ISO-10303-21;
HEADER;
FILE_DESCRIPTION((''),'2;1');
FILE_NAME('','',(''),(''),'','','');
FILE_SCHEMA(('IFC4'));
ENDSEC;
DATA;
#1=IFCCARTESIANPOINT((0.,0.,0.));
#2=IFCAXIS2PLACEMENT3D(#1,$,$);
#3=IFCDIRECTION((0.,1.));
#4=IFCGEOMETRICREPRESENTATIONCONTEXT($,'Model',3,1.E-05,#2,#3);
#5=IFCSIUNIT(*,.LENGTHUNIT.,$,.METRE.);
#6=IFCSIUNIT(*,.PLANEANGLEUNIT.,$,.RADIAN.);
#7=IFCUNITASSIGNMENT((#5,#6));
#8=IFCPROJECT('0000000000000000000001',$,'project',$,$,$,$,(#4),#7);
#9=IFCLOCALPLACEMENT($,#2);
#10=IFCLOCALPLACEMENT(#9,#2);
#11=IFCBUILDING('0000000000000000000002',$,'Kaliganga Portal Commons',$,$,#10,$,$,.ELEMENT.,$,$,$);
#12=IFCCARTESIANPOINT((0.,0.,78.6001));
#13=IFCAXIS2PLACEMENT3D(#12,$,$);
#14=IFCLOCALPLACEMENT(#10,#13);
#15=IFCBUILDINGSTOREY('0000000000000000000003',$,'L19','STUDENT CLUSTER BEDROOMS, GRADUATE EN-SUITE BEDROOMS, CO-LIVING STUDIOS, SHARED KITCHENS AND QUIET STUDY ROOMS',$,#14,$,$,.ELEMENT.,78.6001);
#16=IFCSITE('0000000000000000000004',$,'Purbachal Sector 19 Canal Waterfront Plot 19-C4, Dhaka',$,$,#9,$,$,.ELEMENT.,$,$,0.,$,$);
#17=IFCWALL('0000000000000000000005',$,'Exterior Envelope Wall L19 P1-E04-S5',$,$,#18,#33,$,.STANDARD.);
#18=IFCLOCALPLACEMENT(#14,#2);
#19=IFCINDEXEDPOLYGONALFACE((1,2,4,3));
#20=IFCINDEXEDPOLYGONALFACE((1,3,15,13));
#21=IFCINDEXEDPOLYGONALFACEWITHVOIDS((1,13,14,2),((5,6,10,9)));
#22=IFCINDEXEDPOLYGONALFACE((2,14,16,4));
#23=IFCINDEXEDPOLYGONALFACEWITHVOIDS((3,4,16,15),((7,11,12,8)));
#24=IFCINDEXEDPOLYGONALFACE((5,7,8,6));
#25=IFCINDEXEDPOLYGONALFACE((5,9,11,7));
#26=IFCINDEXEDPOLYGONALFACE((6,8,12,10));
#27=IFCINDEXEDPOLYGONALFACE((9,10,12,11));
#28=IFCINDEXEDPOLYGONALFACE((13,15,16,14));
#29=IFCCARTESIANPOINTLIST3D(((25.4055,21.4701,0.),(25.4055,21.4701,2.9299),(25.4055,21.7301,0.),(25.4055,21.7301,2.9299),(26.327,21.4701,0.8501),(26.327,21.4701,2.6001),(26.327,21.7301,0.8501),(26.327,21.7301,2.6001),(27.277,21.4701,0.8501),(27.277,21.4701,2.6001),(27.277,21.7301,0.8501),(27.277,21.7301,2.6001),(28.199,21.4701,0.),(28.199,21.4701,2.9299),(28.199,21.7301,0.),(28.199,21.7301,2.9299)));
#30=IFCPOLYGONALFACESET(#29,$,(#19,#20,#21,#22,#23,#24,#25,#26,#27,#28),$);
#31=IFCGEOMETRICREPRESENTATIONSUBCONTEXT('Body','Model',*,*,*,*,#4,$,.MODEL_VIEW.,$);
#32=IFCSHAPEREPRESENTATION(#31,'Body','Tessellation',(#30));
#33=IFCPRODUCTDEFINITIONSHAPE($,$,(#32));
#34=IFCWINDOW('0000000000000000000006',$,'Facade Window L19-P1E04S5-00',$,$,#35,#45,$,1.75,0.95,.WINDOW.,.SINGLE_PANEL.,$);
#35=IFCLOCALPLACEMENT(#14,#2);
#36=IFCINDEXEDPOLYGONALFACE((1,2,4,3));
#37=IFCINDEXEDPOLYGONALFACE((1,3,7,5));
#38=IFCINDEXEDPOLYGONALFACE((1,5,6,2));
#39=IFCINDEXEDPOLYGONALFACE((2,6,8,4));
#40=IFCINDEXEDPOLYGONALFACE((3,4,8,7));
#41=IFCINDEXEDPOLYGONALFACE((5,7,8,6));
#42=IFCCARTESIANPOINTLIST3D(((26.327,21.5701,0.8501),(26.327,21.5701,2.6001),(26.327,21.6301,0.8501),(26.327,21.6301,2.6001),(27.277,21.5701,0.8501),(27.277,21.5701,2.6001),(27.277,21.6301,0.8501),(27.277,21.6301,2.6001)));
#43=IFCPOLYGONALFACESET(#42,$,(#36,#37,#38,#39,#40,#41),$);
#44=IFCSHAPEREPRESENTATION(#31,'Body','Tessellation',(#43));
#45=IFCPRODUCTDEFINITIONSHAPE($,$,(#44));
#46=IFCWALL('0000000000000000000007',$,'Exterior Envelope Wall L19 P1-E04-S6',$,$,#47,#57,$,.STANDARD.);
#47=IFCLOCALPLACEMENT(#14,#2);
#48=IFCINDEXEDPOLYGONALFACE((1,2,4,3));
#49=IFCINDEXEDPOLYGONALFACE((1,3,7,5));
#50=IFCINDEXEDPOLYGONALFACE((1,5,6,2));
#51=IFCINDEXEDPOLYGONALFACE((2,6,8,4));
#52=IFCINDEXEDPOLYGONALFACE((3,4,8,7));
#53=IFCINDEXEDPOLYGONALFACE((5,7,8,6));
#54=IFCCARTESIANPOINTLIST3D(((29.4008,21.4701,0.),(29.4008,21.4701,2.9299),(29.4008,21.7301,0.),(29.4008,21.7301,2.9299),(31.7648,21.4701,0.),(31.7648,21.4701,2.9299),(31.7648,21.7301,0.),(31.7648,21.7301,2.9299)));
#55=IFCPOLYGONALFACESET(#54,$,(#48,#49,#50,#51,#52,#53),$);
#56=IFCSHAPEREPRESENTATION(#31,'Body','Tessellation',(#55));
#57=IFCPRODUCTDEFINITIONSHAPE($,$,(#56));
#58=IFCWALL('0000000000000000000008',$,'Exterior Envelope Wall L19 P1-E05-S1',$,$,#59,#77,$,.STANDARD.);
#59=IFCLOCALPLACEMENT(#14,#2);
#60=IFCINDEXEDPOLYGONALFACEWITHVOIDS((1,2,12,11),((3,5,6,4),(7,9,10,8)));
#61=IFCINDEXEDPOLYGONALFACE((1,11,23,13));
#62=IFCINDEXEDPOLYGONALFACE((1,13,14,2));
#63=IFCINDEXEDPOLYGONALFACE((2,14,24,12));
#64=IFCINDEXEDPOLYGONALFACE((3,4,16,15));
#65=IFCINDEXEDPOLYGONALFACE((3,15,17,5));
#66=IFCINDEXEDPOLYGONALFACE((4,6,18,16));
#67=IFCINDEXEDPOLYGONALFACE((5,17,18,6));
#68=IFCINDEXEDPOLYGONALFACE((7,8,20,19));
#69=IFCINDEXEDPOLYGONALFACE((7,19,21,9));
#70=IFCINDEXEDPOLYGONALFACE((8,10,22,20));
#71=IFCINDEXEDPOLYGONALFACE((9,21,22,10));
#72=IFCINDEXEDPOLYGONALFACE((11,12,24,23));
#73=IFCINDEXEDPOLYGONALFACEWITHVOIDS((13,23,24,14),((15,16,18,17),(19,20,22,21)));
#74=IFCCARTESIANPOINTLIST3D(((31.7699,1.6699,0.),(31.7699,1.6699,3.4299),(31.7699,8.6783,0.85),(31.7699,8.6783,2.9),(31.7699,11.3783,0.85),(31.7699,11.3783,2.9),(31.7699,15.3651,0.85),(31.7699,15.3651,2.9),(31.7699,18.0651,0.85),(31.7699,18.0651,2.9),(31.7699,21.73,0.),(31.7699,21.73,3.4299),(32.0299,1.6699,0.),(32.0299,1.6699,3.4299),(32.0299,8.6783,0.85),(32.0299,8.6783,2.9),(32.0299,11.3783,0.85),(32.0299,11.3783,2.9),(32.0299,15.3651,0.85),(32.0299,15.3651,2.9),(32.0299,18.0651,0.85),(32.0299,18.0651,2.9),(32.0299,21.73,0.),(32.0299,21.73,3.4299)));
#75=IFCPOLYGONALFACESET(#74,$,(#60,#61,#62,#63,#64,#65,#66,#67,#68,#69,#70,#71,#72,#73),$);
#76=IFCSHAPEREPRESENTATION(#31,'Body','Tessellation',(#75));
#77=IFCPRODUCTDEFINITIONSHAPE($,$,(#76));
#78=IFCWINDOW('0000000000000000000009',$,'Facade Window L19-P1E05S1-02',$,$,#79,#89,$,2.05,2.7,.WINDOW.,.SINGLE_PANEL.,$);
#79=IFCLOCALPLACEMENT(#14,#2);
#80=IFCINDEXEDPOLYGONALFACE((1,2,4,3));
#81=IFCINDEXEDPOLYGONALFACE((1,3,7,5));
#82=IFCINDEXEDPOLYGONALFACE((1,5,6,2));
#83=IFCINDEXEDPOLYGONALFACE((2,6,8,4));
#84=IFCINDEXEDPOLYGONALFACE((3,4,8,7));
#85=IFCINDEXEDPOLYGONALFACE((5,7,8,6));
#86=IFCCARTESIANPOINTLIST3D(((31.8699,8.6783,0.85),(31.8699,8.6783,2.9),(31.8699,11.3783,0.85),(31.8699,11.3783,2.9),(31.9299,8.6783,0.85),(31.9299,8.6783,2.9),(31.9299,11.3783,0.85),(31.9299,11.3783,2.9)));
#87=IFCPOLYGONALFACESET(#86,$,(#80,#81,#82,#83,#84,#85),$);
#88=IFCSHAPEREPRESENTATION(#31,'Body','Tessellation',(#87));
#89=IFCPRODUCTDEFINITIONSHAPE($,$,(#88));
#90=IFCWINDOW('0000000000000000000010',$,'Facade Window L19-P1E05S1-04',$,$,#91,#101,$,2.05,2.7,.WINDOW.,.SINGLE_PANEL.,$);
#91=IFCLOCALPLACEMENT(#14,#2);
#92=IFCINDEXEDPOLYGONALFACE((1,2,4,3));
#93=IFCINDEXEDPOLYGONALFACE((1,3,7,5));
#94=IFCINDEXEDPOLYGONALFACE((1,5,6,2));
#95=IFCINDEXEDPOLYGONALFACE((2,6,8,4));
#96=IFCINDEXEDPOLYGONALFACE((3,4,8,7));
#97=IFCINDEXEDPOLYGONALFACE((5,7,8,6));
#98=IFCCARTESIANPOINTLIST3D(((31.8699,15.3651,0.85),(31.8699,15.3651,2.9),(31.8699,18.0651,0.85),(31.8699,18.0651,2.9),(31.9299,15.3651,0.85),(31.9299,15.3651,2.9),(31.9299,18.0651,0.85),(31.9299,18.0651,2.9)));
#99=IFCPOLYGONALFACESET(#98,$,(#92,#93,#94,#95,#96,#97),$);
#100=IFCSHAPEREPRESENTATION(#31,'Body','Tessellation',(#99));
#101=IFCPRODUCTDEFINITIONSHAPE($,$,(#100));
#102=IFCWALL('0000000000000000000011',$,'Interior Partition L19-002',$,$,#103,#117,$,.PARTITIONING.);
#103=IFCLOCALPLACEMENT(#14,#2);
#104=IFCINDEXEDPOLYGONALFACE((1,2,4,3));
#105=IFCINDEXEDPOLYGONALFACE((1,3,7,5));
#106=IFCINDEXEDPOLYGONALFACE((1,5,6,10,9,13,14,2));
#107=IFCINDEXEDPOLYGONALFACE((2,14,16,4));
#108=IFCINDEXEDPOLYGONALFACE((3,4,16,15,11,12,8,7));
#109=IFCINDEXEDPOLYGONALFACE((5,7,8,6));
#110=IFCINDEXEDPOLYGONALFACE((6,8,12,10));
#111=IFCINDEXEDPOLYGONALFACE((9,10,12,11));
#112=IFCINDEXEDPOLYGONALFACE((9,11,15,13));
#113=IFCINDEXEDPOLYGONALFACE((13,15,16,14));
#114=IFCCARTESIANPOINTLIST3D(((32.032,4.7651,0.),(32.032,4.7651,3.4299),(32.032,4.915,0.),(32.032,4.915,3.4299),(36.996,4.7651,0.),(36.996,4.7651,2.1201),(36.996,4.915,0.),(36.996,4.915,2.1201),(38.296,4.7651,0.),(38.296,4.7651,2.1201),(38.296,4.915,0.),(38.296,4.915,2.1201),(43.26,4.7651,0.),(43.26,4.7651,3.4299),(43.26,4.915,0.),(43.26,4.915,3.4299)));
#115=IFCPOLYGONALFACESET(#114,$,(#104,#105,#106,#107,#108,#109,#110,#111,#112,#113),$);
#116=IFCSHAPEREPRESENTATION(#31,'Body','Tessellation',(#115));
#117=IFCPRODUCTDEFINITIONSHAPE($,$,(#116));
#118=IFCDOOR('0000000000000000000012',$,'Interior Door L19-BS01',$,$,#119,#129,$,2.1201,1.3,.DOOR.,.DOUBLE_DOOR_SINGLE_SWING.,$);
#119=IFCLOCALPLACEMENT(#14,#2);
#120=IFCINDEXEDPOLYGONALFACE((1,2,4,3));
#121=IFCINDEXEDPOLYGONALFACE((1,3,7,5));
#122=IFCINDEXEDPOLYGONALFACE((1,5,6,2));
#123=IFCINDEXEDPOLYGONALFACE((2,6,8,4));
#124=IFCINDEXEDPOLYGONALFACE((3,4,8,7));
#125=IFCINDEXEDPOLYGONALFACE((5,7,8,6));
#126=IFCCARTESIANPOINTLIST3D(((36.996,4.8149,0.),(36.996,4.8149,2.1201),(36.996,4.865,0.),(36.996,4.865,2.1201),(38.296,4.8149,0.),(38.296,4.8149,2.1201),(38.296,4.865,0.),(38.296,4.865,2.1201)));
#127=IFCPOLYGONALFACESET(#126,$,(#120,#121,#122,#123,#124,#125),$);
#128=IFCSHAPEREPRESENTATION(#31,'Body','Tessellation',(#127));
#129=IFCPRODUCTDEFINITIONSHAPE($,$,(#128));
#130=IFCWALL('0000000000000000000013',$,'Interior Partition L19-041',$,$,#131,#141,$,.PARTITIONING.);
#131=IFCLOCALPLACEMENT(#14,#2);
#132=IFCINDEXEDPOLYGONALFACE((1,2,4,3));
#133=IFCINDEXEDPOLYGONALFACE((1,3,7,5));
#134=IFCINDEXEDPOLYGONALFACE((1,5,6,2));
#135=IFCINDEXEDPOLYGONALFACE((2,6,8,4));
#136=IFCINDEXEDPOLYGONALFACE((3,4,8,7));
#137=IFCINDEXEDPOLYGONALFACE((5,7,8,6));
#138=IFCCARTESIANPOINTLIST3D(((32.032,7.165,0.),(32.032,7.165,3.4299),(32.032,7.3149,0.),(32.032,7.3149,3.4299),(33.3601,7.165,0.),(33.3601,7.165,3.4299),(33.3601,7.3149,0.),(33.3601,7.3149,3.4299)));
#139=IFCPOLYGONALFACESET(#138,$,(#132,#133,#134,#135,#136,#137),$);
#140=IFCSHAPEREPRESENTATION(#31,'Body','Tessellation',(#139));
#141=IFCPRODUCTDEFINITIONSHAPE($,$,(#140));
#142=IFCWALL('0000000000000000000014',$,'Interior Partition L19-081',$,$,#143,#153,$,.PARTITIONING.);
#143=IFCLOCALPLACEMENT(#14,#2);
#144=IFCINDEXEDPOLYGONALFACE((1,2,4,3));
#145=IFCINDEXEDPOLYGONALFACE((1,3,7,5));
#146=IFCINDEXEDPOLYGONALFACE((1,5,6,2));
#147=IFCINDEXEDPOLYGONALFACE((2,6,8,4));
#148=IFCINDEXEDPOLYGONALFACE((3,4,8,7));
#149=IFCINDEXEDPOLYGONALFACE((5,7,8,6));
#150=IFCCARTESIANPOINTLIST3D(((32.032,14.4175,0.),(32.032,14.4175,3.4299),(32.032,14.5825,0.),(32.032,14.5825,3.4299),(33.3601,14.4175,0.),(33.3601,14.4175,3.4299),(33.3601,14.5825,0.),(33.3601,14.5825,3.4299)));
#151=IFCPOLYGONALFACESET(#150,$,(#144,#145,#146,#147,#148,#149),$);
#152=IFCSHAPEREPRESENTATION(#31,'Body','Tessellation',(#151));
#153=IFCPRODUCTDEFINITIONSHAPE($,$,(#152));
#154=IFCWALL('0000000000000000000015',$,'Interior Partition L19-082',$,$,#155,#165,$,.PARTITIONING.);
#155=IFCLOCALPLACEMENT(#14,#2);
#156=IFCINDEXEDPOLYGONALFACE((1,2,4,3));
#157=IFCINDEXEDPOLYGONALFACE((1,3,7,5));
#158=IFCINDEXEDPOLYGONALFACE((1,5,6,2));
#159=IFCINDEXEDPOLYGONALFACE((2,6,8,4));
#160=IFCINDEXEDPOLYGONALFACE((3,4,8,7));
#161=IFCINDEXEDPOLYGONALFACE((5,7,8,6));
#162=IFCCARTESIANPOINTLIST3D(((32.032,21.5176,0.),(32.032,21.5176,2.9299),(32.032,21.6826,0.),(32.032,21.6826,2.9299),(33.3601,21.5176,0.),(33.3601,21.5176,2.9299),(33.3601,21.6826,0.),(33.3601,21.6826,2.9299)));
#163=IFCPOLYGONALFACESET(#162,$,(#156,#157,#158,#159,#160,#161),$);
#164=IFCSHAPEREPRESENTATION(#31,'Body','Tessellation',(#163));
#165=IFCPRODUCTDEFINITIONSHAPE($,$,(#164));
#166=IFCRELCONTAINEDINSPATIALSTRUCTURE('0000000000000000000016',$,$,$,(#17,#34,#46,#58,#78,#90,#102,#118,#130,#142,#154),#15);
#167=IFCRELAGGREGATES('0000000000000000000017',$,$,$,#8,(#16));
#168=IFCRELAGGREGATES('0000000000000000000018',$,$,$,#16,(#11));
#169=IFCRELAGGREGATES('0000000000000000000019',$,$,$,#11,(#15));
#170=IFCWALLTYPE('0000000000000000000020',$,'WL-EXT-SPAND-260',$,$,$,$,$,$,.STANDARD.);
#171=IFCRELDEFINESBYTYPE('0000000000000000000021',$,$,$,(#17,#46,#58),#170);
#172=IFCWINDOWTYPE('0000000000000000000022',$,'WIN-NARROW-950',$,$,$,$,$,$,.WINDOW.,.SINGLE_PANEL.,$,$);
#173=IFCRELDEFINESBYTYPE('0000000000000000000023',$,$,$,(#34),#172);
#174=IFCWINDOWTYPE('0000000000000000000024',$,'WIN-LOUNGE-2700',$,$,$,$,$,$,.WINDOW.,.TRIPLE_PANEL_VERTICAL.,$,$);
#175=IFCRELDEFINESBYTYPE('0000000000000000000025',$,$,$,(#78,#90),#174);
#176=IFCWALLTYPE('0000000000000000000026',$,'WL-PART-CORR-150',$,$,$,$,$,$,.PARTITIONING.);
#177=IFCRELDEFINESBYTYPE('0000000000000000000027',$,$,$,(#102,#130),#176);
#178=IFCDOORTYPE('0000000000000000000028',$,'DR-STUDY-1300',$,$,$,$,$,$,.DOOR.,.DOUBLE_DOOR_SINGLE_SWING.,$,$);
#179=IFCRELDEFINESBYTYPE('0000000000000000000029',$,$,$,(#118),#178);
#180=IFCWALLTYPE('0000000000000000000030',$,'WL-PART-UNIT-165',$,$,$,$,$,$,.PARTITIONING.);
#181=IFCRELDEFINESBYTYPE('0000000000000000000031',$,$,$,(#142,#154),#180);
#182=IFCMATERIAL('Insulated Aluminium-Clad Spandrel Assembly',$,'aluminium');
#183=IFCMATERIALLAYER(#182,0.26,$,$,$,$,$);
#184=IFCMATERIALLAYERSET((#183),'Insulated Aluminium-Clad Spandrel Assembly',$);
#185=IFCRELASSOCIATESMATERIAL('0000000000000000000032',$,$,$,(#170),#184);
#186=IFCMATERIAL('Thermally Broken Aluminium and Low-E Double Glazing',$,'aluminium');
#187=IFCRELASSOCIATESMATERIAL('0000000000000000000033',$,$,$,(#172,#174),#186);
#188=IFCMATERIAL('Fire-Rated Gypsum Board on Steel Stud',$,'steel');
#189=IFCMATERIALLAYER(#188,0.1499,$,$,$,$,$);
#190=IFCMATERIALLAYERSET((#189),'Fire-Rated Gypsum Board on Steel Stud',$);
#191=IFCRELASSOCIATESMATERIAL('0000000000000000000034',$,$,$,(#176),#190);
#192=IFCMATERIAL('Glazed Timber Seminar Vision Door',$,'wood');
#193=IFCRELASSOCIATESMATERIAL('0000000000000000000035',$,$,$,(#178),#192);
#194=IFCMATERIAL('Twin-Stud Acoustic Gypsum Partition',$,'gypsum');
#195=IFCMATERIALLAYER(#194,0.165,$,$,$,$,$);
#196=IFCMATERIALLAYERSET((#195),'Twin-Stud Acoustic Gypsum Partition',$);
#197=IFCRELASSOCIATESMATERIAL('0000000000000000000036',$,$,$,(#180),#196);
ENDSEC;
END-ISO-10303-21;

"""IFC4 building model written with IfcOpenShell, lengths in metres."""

from ifc_helpers import new_model, si_unit, direction, frame, frame_2d, origin, place, context, subcontext, project, spatial, rectangle, extrude, material, layer, layer_set, type_object, element, fill, save


model = new_model("IFC4")

# Units and contexts
model_context = context("Model", 3, precision=1e-05, world=origin(), true_north=direction((0.0, 1.0)))
body_context = subcontext(model_context, "Body", "Model", "MODEL_VIEW")
ifc_project = project(units=[si_unit("LENGTHUNIT", "METRE"), si_unit("PLANEANGLEUNIT", "RADIAN")], contexts=[model_context])

# Site, building, storey
site_placement = place(None, origin())
site = spatial("IfcSite", under=ifc_project, at=site_placement, Name="Purbachal Sector 19 Canal Waterfront Plot 19-C4, Dhaka", CompositionType="ELEMENT", RefElevation=0.0)
building_placement = place(site_placement, origin())
building = spatial("IfcBuilding", under=site, at=building_placement, Name="Kaliganga Portal Commons", CompositionType="ELEMENT")
storey_placement = place(building_placement, frame((0.0, 0.0, 78.6001)))
storey = spatial("IfcBuildingStorey", under=building, at=storey_placement, Name="L19", Description="STUDENT CLUSTER BEDROOMS, GRADUATE EN-SUITE BEDROOMS, CO-LIVING STUDIOS, SHARED KITCHENS AND QUIET STUDY ROOMS", CompositionType="ELEMENT", Elevation=78.6001)

# Wall, opening, window
ifc_material_1 = material(Name="Insulated Aluminium-Clad Spandrel Assembly", Category="aluminium")
ifc_layer_1 = layer(ifc_material_1, 0.26)
ifc_layer_set_1 = layer_set([ifc_layer_1], Name="Insulated Aluminium-Clad Spandrel Assembly")
wall_type_1 = type_object("IfcWallType", Name="WL-EXT-SPAND-260", PredefinedType="STANDARD", material=ifc_layer_set_1)
ifc_material_2 = material(Name="Thermally Broken Aluminium and Low-E Double Glazing", Category="aluminium")
window_type_1 = type_object("IfcWindowType", Name="WIN-NARROW-950", PartitioningType="SINGLE_PANEL", PredefinedType="WINDOW", material=ifc_material_2)
wall_1_placement = place(storey_placement, frame((28.199, 21.6001, 0.0), z_axis=(0.0, 0.0, 1.0), x_axis=(-1.0, 0.0, 0.0)))
wall_1 = element("IfcWall", 1, at=wall_1_placement, inside=storey, type_object=wall_type_1, Name="Exterior Envelope Wall L19 P1-E04-S5", PredefinedType="STANDARD", context=body_context, shape_type="SweptSolid", body=[
    extrude(rectangle(XDim=2.7935, YDim=0.26, at=frame_2d((1.3967, 0.0))), origin(), (0.0, 0.0, 1.0), 2.9299),
])
opening_1_placement = place(wall_1_placement, frame((0.9219, 0.0, 0.8501)))
opening_1 = element("IfcOpeningElement", 2, at=opening_1_placement, cuts=wall_1, PredefinedType="OPENING", context=body_context, shape_type="SweptSolid", body=[
    extrude(rectangle(XDim=0.95, YDim=1.75, at=frame_2d((0.4751, 0.875))), frame((0.0, 0.1401, 0.0), z_axis=(0.0, -1.0, 0.0), x_axis=(1.0, 0.0, 0.0)), (0.0, 0.0, 1.0), 0.28),
])
window_1_placement = place(opening_1_placement, origin())
window_1 = element("IfcWindow", 3, at=window_1_placement, inside=storey, type_object=window_type_1, Name="Facade Window L19-P1E04S5-00", OverallHeight=1.75, OverallWidth=0.95, PartitioningType="SINGLE_PANEL", PredefinedType="WINDOW", context=body_context, shape_type="SweptSolid", body=[
    extrude(rectangle(XDim=0.95, YDim=1.75, at=frame_2d((0.4751, 0.875))), frame((0.0, 0.03, 0.0), z_axis=(0.0, -1.0, 0.0), x_axis=(1.0, 0.0, 0.0)), (0.0, 0.0, 1.0), 0.0601),
])
fill(opening_1, window_1)

# Wall
wall_2_placement = place(storey_placement, frame((31.7649, 21.6001, 0.0), z_axis=(0.0, 0.0, 1.0), x_axis=(-1.0, 0.0, 0.0)))
element("IfcWall", 4, at=wall_2_placement, inside=storey, type_object=wall_type_1, Name="Exterior Envelope Wall L19 P1-E04-S6", PredefinedType="STANDARD", context=body_context, shape_type="SweptSolid", body=[
    extrude(rectangle(XDim=2.364, YDim=0.26, at=frame_2d((1.1821, 0.0))), origin(), (0.0, 0.0, 1.0), 2.9299),
])

# Wall, openings, windows
wall_3_placement = place(storey_placement, frame((31.8999, 1.6699, 0.0), z_axis=(0.0, 0.0, 1.0), x_axis=(0.0, 1.0, 0.0)))
wall_3 = element("IfcWall", 5, at=wall_3_placement, inside=storey, type_object=wall_type_1, Name="Exterior Envelope Wall L19 P1-E05-S1", PredefinedType="STANDARD", context=body_context, shape_type="SweptSolid", body=[
    extrude(rectangle(XDim=20.0601, YDim=0.26, at=frame_2d((10.03, 0.0))), origin(), (0.0, 0.0, 1.0), 3.4299),
])
opening_2_placement = place(wall_3_placement, frame((7.0083, 0.0, 0.8501)))
opening_2 = element("IfcOpeningElement", 6, at=opening_2_placement, cuts=wall_3, PredefinedType="OPENING", context=body_context, shape_type="SweptSolid", body=[
    extrude(rectangle(XDim=2.7, YDim=2.05, at=frame_2d((1.3501, 1.0249))), frame((0.0, 0.1401, 0.0), z_axis=(0.0, -1.0, 0.0), x_axis=(1.0, 0.0, 0.0)), (0.0, 0.0, 1.0), 0.28),
])
opening_3_placement = place(wall_3_placement, frame((13.6951, 0.0, 0.8501)))
opening_3 = element("IfcOpeningElement", 7, at=opening_3_placement, cuts=wall_3, PredefinedType="OPENING", context=body_context, shape_type="SweptSolid", body=[
    extrude(rectangle(XDim=2.7, YDim=2.05, at=frame_2d((1.3501, 1.0249))), frame((0.0, 0.1401, 0.0), z_axis=(0.0, -1.0, 0.0), x_axis=(1.0, 0.0, 0.0)), (0.0, 0.0, 1.0), 0.28),
])
window_type_2 = type_object("IfcWindowType", Name="WIN-LOUNGE-2700", PartitioningType="TRIPLE_PANEL_VERTICAL", PredefinedType="WINDOW", material=ifc_material_2)
window_2_placement = place(opening_2_placement, origin())
window_2 = element("IfcWindow", 8, at=window_2_placement, inside=storey, type_object=window_type_2, Name="Facade Window L19-P1E05S1-02", OverallHeight=2.05, OverallWidth=2.7, PartitioningType="SINGLE_PANEL", PredefinedType="WINDOW", context=body_context, shape_type="SweptSolid", body=[
    extrude(rectangle(XDim=2.7, YDim=2.05, at=frame_2d((1.3501, 1.0249))), frame((0.0, 0.03, 0.0), z_axis=(0.0, -1.0, 0.0), x_axis=(1.0, 0.0, 0.0)), (0.0, 0.0, 1.0), 0.0601),
])
fill(opening_2, window_2)
window_3_placement = place(opening_3_placement, origin())
window_3 = element("IfcWindow", 9, at=window_3_placement, inside=storey, type_object=window_type_2, Name="Facade Window L19-P1E05S1-04", OverallHeight=2.05, OverallWidth=2.7, PartitioningType="SINGLE_PANEL", PredefinedType="WINDOW", context=body_context, shape_type="SweptSolid", body=[
    extrude(rectangle(XDim=2.7, YDim=2.05, at=frame_2d((1.3501, 1.0249))), frame((0.0, 0.03, 0.0), z_axis=(0.0, -1.0, 0.0), x_axis=(1.0, 0.0, 0.0)), (0.0, 0.0, 1.0), 0.0601),
])
fill(opening_3, window_3)

# Wall, opening, door
ifc_material_3 = material(Name="Fire-Rated Gypsum Board on Steel Stud", Category="steel")
ifc_layer_2 = layer(ifc_material_3, 0.1499)
ifc_layer_set_2 = layer_set([ifc_layer_2], Name="Fire-Rated Gypsum Board on Steel Stud")
wall_type_2 = type_object("IfcWallType", Name="WL-PART-CORR-150", PredefinedType="PARTITIONING", material=ifc_layer_set_2)
wall_4_placement = place(storey_placement, frame((32.032, 4.8401, 0.0), z_axis=(0.0, 0.0, 1.0), x_axis=(1.0, 0.0, 0.0)))
wall_4 = element("IfcWall", 10, at=wall_4_placement, inside=storey, type_object=wall_type_2, Name="Interior Partition L19-002", PredefinedType="PARTITIONING", context=body_context, shape_type="SweptSolid", body=[
    extrude(rectangle(XDim=11.228, YDim=0.1499, at=frame_2d((5.614, 0.0))), origin(), (0.0, 0.0, 1.0), 3.4299),
])
opening_4_placement = place(wall_4_placement, frame((4.9641, 0.0, 0.0)))
opening_4 = element("IfcOpeningElement", 11, at=opening_4_placement, cuts=wall_4, PredefinedType="OPENING", context=body_context, shape_type="SweptSolid", body=[
    extrude(rectangle(XDim=1.3, YDim=2.1201, at=frame_2d((0.6499, 1.0601))), frame((0.0, 0.085, 0.0), z_axis=(0.0, -1.0, 0.0), x_axis=(1.0, 0.0, 0.0)), (0.0, 0.0, 1.0), 0.1699),
])
ifc_material_4 = material(Name="Glazed Timber Seminar Vision Door", Category="wood")
door_type = type_object("IfcDoorType", Name="DR-STUDY-1300", OperationType="DOUBLE_DOOR_SINGLE_SWING", PredefinedType="DOOR", material=ifc_material_4)
door_placement = place(opening_4_placement, origin())
door = element("IfcDoor", 12, at=door_placement, inside=storey, type_object=door_type, Name="Interior Door L19-BS01", OperationType="DOUBLE_DOOR_SINGLE_SWING", OverallHeight=2.1201, OverallWidth=1.3, PredefinedType="DOOR", context=body_context, shape_type="SweptSolid", body=[
    extrude(rectangle(XDim=1.3, YDim=2.1201, at=frame_2d((0.6499, 1.0601))), frame((0.0, 0.0249, 0.0), z_axis=(0.0, -1.0, 0.0), x_axis=(1.0, 0.0, 0.0)), (0.0, 0.0, 1.0), 0.05),
])
fill(opening_4, door)

# Walls
wall_5_placement = place(storey_placement, frame((32.032, 7.24, 0.0), z_axis=(0.0, 0.0, 1.0), x_axis=(1.0, 0.0, 0.0)))
element("IfcWall", 13, at=wall_5_placement, inside=storey, type_object=wall_type_2, Name="Interior Partition L19-041", PredefinedType="PARTITIONING", context=body_context, shape_type="SweptSolid", body=[
    extrude(rectangle(XDim=1.3281, YDim=0.1499, at=frame_2d((0.6641, 0.0))), origin(), (0.0, 0.0, 1.0), 3.4299),
])
ifc_material_5 = material(Name="Twin-Stud Acoustic Gypsum Partition", Category="gypsum")
ifc_layer_3 = layer(ifc_material_5, 0.165)
ifc_layer_set_3 = layer_set([ifc_layer_3], Name="Twin-Stud Acoustic Gypsum Partition")
wall_type_3 = type_object("IfcWallType", Name="WL-PART-UNIT-165", PredefinedType="PARTITIONING", material=ifc_layer_set_3)
wall_6_placement = place(storey_placement, frame((32.032, 14.5, 0.0), z_axis=(0.0, 0.0, 1.0), x_axis=(1.0, 0.0, 0.0)))
element("IfcWall", 14, at=wall_6_placement, inside=storey, type_object=wall_type_3, Name="Interior Partition L19-081", PredefinedType="PARTITIONING", context=body_context, shape_type="SweptSolid", body=[
    extrude(rectangle(XDim=1.3281, YDim=0.165, at=frame_2d((0.6641, 0.0))), origin(), (0.0, 0.0, 1.0), 3.4299),
])
wall_7_placement = place(storey_placement, frame((32.032, 21.6001, 0.0), z_axis=(0.0, 0.0, 1.0), x_axis=(1.0, 0.0, 0.0)))
element("IfcWall", 15, at=wall_7_placement, inside=storey, type_object=wall_type_3, Name="Interior Partition L19-082", PredefinedType="PARTITIONING", context=body_context, shape_type="SweptSolid", body=[
    extrude(rectangle(XDim=1.3281, YDim=0.165, at=frame_2d((0.6641, 0.0))), origin(), (0.0, 0.0, 1.0), 2.9299),
])

save(model, "model.ifc")
